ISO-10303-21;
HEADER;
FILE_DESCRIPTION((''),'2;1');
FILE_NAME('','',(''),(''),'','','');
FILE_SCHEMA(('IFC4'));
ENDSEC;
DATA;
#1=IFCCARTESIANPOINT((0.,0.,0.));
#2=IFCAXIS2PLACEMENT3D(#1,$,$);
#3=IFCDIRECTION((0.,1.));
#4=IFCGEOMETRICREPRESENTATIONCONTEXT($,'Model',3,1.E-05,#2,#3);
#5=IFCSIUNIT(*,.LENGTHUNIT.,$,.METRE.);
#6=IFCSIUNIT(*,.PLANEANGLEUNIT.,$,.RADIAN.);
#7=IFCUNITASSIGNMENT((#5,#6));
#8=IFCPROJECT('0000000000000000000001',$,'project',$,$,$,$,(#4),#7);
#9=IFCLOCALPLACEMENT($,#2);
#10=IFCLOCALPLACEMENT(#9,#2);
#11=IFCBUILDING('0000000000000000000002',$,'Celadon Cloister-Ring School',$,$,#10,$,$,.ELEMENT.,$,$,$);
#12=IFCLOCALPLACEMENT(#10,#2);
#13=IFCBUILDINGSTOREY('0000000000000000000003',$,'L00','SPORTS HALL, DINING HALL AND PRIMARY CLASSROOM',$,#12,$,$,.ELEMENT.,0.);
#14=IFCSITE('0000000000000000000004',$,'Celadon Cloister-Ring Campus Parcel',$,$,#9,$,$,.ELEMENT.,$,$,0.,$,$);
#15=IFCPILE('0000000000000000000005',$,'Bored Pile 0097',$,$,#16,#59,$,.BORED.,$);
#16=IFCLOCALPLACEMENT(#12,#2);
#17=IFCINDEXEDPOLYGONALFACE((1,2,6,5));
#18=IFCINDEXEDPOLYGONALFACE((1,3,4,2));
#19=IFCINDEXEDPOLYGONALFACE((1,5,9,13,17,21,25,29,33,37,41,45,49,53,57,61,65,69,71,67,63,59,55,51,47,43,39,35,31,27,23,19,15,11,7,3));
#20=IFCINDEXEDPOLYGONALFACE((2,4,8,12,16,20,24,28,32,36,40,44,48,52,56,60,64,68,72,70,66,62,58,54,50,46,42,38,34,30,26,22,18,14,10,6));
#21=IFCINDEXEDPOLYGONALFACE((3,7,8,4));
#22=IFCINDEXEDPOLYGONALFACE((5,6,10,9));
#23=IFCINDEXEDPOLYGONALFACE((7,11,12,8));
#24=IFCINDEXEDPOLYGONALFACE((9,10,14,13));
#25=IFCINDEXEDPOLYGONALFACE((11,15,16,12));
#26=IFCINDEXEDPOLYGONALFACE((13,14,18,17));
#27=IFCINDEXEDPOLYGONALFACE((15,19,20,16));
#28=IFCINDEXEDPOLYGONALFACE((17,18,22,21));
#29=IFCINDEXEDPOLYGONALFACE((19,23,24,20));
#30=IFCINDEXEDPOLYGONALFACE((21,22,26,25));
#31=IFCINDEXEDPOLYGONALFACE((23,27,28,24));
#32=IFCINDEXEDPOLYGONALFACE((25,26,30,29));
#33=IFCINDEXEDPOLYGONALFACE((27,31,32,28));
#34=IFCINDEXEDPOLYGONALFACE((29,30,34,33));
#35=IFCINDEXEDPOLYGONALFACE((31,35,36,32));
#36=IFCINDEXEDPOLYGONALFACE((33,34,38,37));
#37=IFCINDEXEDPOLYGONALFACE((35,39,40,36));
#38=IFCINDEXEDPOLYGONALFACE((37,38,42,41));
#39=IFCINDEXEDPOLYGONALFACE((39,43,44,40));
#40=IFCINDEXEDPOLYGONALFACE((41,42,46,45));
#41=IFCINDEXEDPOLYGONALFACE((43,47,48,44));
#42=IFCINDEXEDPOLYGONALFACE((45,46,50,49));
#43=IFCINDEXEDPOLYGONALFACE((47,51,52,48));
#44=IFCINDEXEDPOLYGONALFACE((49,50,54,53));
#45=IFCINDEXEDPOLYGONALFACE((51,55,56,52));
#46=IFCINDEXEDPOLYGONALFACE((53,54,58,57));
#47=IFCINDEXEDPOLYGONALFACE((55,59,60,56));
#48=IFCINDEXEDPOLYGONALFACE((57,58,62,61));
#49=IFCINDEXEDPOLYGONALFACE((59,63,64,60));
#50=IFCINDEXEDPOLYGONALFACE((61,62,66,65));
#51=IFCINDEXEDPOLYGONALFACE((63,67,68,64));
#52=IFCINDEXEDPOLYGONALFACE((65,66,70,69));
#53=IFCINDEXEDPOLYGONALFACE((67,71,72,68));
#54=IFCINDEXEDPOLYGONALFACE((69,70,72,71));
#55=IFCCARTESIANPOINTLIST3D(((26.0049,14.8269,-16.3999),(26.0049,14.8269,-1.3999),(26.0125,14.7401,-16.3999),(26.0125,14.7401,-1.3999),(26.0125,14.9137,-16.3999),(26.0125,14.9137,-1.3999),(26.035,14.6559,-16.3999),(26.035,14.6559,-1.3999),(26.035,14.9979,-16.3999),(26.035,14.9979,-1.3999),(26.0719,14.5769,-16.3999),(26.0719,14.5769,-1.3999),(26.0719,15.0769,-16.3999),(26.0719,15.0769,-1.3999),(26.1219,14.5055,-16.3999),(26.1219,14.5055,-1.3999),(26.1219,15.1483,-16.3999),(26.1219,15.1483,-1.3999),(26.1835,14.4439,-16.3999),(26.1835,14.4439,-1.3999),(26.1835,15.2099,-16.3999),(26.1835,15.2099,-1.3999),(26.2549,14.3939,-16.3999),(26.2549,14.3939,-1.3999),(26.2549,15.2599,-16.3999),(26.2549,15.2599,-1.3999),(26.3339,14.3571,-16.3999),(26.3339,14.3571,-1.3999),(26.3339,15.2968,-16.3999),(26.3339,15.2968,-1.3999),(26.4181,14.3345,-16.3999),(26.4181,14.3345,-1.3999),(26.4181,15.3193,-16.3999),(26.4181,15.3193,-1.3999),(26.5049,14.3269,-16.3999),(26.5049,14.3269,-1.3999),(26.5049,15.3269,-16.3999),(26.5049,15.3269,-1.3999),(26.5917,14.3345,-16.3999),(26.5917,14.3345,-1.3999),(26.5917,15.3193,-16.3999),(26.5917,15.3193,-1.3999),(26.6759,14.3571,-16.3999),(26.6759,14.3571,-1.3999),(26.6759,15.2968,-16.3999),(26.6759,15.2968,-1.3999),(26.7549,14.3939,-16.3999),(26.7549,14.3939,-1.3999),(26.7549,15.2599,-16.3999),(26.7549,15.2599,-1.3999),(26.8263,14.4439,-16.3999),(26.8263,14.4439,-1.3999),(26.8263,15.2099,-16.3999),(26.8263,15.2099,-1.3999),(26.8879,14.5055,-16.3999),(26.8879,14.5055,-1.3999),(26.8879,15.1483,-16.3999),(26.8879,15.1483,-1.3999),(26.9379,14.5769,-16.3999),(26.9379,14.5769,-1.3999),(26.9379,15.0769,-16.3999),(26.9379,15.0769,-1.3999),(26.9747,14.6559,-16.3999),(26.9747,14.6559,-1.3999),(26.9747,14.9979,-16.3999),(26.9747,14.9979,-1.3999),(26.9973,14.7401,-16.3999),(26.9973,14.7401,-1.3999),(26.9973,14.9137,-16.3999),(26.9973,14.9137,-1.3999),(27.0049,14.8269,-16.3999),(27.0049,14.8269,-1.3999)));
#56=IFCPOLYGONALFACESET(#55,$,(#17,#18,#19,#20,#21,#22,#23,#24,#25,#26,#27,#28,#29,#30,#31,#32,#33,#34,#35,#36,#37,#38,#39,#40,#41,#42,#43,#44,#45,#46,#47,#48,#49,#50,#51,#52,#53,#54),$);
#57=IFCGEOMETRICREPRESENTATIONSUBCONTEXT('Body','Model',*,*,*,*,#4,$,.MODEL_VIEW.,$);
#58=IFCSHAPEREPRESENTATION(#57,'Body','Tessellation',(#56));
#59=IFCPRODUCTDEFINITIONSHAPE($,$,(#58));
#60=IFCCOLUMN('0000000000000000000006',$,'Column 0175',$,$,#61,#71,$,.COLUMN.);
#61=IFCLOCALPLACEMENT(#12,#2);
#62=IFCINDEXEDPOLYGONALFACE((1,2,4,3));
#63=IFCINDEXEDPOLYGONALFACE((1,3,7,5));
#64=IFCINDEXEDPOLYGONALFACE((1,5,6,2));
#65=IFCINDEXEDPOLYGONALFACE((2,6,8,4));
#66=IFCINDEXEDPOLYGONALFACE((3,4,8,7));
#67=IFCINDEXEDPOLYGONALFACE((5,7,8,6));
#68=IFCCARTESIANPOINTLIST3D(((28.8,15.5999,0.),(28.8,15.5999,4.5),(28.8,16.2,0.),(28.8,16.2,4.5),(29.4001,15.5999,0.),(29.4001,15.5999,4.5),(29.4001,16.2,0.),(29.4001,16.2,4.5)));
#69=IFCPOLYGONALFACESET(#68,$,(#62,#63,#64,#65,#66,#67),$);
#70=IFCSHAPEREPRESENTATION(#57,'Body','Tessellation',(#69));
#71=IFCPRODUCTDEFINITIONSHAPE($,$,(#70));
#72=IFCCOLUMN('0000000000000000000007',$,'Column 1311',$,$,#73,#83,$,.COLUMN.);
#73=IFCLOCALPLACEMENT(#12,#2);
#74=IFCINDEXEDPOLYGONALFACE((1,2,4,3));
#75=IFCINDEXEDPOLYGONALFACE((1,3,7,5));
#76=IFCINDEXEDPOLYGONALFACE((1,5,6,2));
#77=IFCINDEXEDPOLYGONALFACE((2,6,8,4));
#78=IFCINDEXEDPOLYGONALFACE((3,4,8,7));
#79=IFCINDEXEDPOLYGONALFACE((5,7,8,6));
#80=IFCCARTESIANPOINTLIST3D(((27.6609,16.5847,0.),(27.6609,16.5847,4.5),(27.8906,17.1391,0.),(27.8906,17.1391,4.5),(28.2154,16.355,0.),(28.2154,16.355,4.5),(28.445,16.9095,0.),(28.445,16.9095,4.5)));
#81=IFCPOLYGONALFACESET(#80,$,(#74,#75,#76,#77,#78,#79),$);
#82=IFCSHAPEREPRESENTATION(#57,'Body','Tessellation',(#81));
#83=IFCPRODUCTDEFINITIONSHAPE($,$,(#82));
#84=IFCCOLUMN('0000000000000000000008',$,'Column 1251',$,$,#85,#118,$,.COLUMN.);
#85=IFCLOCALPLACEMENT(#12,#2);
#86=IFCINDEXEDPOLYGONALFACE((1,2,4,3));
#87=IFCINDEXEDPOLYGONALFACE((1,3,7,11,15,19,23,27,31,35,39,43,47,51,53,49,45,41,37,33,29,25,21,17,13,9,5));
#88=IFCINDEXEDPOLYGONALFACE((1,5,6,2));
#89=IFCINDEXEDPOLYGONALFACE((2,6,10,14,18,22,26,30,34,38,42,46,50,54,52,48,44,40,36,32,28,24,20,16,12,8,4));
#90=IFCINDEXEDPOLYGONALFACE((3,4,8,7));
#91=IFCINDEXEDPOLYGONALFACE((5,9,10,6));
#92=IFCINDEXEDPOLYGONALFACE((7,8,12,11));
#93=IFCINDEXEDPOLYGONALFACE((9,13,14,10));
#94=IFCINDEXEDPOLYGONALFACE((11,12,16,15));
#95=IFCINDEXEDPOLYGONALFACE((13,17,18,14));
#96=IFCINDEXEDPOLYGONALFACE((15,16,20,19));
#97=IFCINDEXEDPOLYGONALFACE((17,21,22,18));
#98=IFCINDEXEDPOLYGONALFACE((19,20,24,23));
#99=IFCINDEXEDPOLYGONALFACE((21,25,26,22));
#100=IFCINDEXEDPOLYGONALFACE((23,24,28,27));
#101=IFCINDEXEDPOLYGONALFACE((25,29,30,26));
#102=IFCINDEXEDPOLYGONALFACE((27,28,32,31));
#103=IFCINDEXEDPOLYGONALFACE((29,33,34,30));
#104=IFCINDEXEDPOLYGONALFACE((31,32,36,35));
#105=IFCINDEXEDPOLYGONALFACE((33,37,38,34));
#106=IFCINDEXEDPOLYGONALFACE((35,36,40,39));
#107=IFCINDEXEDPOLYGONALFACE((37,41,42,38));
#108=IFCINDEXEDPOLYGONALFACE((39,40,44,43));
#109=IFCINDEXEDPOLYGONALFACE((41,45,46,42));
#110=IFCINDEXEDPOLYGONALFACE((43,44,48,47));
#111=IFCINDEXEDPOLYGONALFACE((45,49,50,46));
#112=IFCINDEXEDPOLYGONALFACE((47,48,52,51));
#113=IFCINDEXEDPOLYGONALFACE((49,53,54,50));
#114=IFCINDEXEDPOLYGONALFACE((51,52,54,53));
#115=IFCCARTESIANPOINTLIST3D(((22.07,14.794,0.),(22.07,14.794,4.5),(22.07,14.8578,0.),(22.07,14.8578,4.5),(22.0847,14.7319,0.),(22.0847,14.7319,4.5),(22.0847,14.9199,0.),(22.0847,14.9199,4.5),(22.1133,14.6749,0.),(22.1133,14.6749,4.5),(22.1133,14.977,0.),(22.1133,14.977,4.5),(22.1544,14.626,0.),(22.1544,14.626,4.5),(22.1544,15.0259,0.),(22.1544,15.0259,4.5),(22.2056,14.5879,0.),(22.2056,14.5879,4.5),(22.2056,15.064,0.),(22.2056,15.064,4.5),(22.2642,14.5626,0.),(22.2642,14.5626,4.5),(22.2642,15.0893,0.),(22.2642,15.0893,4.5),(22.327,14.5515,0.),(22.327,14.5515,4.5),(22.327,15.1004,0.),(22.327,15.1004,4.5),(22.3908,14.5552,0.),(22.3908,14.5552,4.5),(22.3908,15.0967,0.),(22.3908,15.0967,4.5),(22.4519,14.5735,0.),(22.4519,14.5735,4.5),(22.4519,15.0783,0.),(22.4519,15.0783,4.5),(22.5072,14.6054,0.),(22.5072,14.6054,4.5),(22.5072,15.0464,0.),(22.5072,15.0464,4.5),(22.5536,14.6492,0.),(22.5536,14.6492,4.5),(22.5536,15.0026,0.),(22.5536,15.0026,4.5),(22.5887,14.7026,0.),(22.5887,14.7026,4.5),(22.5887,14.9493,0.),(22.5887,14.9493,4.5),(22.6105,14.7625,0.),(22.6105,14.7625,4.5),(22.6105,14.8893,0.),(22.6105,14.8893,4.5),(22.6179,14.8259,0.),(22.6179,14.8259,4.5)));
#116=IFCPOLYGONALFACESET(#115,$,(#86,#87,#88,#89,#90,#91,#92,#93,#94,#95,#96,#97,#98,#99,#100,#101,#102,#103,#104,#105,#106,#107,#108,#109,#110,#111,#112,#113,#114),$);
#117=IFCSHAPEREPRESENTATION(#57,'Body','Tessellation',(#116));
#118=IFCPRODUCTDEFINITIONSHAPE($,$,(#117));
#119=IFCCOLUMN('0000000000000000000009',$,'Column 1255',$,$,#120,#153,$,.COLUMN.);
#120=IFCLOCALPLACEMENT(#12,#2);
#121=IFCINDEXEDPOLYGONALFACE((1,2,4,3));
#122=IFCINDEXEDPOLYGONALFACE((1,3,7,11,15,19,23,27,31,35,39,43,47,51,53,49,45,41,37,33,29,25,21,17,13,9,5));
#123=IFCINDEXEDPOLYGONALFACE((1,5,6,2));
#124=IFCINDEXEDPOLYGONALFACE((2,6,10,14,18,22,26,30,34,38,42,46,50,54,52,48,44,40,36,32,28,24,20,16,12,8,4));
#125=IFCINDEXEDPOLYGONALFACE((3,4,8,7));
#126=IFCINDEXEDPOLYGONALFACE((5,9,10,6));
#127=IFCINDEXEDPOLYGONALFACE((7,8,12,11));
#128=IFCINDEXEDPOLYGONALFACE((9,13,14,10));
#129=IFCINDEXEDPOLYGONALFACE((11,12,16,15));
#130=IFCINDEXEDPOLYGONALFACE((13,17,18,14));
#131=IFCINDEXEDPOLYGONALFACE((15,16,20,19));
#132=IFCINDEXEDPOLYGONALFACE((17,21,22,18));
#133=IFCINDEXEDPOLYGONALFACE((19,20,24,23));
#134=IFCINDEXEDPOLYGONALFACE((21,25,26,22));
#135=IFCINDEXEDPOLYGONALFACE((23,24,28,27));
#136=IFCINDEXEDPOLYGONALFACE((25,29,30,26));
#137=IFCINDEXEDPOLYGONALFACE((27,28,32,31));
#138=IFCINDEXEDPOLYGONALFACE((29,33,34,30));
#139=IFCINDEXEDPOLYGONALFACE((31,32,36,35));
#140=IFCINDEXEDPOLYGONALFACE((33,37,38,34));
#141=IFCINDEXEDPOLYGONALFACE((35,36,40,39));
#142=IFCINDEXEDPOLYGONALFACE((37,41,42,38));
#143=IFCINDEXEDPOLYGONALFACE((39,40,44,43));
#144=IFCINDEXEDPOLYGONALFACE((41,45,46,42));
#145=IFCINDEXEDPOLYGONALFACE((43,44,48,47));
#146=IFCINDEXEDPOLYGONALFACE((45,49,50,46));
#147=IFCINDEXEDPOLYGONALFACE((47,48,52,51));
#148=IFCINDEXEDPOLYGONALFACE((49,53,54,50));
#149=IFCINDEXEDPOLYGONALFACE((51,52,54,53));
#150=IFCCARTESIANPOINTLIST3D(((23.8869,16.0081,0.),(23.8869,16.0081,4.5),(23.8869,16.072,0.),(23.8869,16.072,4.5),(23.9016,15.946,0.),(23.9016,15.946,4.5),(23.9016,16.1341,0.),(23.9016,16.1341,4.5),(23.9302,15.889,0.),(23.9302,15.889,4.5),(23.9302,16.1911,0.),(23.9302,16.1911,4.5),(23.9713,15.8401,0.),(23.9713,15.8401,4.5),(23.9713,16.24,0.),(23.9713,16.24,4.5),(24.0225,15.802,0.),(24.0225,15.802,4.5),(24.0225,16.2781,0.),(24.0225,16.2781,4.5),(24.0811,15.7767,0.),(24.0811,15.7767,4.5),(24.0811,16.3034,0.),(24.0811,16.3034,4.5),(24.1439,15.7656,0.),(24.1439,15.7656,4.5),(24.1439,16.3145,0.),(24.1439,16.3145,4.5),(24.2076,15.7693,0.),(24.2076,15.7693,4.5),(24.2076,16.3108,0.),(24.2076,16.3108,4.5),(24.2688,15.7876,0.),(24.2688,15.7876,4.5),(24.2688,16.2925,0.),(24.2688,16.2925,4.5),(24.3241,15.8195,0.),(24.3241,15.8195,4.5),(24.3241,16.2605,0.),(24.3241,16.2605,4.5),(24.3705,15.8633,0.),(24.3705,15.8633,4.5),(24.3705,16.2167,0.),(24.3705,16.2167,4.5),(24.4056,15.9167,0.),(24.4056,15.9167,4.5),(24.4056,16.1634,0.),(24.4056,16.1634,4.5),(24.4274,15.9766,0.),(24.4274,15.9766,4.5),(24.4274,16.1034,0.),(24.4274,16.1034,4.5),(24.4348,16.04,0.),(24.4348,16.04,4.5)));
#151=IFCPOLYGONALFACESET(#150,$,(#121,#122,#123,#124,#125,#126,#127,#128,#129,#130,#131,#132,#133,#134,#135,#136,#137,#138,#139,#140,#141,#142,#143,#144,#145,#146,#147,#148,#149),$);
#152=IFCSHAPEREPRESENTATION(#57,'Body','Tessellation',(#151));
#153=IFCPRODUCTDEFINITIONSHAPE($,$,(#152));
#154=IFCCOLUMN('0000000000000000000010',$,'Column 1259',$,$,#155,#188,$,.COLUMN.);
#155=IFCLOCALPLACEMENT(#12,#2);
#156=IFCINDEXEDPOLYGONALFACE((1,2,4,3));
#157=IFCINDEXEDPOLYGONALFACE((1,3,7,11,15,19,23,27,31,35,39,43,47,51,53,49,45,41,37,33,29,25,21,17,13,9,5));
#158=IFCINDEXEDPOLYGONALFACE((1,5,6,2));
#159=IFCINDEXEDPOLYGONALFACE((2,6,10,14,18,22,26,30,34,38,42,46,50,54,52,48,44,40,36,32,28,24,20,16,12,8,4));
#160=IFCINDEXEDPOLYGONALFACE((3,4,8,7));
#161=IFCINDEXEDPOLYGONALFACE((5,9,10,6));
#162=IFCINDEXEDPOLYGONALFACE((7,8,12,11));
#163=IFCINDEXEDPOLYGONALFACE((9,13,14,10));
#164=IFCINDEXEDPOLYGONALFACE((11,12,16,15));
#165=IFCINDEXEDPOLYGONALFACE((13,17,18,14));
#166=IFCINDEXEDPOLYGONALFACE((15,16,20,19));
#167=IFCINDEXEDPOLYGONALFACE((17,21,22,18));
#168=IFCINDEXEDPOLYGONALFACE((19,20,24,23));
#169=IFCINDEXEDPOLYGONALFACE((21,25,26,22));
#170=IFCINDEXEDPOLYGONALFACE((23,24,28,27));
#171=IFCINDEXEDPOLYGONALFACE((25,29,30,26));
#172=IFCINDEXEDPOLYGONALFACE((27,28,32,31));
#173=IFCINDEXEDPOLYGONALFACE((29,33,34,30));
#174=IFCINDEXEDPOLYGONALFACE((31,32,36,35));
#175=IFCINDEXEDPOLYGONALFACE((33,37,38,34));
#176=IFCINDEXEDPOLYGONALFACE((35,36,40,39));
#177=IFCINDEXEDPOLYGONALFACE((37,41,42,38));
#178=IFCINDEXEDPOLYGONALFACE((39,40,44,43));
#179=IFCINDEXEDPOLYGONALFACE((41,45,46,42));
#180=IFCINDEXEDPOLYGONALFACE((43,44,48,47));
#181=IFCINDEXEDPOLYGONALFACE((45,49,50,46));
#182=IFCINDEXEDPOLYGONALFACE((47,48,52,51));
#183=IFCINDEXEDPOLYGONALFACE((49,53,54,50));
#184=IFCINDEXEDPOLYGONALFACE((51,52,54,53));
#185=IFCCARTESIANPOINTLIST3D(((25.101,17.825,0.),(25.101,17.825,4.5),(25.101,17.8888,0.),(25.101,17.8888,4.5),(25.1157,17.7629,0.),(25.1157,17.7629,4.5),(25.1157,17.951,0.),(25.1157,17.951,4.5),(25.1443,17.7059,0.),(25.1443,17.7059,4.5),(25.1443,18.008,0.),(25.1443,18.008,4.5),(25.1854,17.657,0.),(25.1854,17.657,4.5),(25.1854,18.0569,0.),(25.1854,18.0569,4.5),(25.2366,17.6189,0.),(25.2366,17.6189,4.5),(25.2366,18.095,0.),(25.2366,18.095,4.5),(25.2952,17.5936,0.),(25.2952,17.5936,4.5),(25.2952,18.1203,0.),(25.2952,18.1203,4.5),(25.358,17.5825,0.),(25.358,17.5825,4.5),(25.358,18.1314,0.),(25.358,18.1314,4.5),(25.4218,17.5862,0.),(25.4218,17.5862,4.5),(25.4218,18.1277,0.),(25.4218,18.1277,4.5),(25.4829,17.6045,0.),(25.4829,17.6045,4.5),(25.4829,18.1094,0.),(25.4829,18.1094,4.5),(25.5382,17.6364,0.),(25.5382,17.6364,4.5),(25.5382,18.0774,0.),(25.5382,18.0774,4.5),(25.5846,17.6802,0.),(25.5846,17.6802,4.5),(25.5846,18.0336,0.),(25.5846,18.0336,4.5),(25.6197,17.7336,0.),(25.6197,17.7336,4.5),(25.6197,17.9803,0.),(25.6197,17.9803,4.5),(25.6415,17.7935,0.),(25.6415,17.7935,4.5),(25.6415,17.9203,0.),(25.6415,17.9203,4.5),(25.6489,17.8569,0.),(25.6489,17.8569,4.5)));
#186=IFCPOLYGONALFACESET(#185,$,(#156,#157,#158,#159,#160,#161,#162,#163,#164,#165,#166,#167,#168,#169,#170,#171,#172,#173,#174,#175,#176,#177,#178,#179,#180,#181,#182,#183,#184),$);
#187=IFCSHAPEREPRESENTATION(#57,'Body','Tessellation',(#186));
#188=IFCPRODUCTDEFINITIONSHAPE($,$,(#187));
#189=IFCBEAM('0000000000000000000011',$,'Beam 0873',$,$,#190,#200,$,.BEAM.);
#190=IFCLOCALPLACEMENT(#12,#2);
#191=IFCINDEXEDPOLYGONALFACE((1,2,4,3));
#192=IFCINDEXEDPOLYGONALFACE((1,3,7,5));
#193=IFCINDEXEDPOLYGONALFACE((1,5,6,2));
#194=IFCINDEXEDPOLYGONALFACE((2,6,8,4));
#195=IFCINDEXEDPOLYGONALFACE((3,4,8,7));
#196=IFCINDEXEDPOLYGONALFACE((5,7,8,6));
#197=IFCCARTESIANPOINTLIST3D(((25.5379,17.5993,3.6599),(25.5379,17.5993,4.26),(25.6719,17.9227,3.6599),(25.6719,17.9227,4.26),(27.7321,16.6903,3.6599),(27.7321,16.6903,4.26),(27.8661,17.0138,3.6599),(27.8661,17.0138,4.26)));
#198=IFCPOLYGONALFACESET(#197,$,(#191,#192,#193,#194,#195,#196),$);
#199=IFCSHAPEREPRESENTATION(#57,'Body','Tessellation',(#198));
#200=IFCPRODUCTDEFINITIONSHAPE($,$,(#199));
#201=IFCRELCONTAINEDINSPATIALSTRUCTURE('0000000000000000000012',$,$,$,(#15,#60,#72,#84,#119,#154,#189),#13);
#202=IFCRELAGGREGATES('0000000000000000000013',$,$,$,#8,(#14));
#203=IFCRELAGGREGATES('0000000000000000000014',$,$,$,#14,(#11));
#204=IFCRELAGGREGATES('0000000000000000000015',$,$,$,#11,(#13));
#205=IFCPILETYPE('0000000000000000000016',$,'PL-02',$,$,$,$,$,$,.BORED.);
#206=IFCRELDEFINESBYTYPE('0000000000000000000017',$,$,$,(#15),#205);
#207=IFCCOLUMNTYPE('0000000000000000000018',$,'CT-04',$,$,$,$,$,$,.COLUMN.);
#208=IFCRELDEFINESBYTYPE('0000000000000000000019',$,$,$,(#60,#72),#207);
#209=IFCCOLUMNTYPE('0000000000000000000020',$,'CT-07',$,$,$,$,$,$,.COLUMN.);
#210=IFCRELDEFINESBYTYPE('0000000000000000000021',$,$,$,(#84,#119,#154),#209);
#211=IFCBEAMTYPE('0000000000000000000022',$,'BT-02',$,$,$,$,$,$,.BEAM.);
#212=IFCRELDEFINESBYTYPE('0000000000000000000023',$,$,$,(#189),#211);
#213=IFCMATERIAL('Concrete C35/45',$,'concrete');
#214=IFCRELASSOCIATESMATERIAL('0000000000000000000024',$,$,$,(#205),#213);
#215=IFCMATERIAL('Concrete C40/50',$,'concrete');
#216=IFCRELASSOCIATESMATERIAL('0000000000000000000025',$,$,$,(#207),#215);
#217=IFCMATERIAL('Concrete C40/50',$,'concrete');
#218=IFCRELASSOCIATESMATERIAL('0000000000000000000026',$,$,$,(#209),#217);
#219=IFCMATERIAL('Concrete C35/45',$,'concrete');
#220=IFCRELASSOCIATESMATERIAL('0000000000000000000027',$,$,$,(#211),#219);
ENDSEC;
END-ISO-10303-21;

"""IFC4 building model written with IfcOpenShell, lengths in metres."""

from ifc_helpers import new_model, si_unit, direction, frame, origin, origin_2d, place, context, subcontext, project, spatial, rectangle, circle, extrude, material, material_profile, profile_set, type_object, element, save


model = new_model("IFC4")

# Units and contexts
model_context = context("Model", 3, precision=1e-05, world=origin(), true_north=direction((0.0, 1.0)))
body_context = subcontext(model_context, "Body", "Model", "MODEL_VIEW")
ifc_project = project(units=[si_unit("LENGTHUNIT", "METRE"), si_unit("PLANEANGLEUNIT", "RADIAN")], contexts=[model_context])

# Site, building, storey
site_placement = place(None, origin())
site = spatial("IfcSite", under=ifc_project, at=site_placement, Name="Celadon Cloister-Ring Campus Parcel", CompositionType="ELEMENT", RefElevation=0.0)
building_placement = place(site_placement, origin())
building = spatial("IfcBuilding", under=site, at=building_placement, Name="Celadon Cloister-Ring School", CompositionType="ELEMENT")
storey_placement = place(building_placement, origin())
storey = spatial("IfcBuildingStorey", under=building, at=storey_placement, Name="L00", Description="SPORTS HALL, DINING HALL AND PRIMARY CLASSROOM", CompositionType="ELEMENT", Elevation=0.0)

# Pile
ifc_material_1 = material(Name="Concrete C35/45", Category="concrete")
ifc_material_profile_1 = material_profile(ifc_material_1, circle(Radius=0.5, at=origin_2d()), Name="PILE1000")
ifc_profile_set_1 = profile_set([ifc_material_profile_1], Name="Concrete C35/45")
pile_type = type_object("IfcPileType", Name="PL-02", PredefinedType="BORED", material=ifc_profile_set_1)
pile_placement = place(storey_placement, frame((26.5049, 14.8269, -1.3999), z_axis=(0.0, 0.0, -1.0), x_axis=(1.0, 0.0, 0.0)))
element("IfcPile", 1, at=pile_placement, inside=storey, type_object=pile_type, Name="Bored Pile 0097", PredefinedType="BORED", context=body_context, shape_type="SweptSolid", body=[
    extrude(circle(Radius=0.5, at=origin_2d()), origin(), (0.0, 0.0, 1.0), 15.0),
])

# Columns
ifc_material_2 = material(Name="Concrete C40/50", Category="concrete")
ifc_material_profile_2 = material_profile(ifc_material_2, rectangle(XDim=0.6001, YDim=0.6001, at=origin_2d()), Name="RC600X600")
ifc_profile_set_2 = profile_set([ifc_material_profile_2], Name="Concrete C40/50")
column_type_1 = type_object("IfcColumnType", Name="CT-04", PredefinedType="COLUMN", material=ifc_profile_set_2)
for number, where, z_axis, x_axis, name in (
    (2, (29.1001, 15.8999, 0.0), (0.0, 0.0, 1.0), (1.0, 0.0, 0.0), "Column 0175"),
    (3, (28.053, 16.7471, 0.0), (0.0, 0.0, 1.0), (0.92388, -0.382683, 0.0), "Column 1311"),
):
    element("IfcColumn", number, at=place(storey_placement, frame(where, z_axis=z_axis, x_axis=x_axis)), inside=storey, type_object=column_type_1, Name=name, PredefinedType="COLUMN", context=body_context, shape_type="SweptSolid", body=[
        extrude(rectangle(XDim=0.6001, YDim=0.6001, at=origin_2d()), origin(), (0.0, 0.0, 1.0), 4.5),
    ])
ifc_material_3 = material(Name="Concrete C40/50", Category="concrete")
ifc_material_profile_3 = material_profile(ifc_material_3, circle(Radius=0.2749, at=origin_2d()), Name="CIRC550")
ifc_profile_set_3 = profile_set([ifc_material_profile_3], Name="Concrete C40/50")
column_type_2 = type_object("IfcColumnType", Name="CT-07", PredefinedType="COLUMN", material=ifc_profile_set_3)
for number, where, z_axis, x_axis, name in (
    (4, (22.343, 14.8259, 0.0), (0.0, 0.0, 1.0), (1.0, 0.0, 0.0), "Column 1251"),
    (5, (24.1599, 16.04, 0.0), (0.0, 0.0, 1.0), (1.0, 0.0, 0.0), "Column 1255"),
    (6, (25.374, 17.8569, 0.0), (0.0, 0.0, 1.0), (1.0, 0.0, 0.0), "Column 1259"),
):
    element("IfcColumn", number, at=place(storey_placement, frame(where, z_axis=z_axis, x_axis=x_axis)), inside=storey, type_object=column_type_2, Name=name, PredefinedType="COLUMN", context=body_context, shape_type="SweptSolid", body=[
        extrude(circle(Radius=0.2749, at=origin_2d()), origin(), (0.0, 0.0, 1.0), 4.5),
    ])

# Beam
ifc_material_4 = material(Name="Concrete C35/45", Category="concrete")
ifc_material_profile_4 = material_profile(ifc_material_4, rectangle(XDim=0.3501, YDim=0.6001, at=origin_2d()), Name="RC350X600")
ifc_profile_set_4 = profile_set([ifc_material_profile_4], Name="Concrete C35/45")
beam_type_1 = type_object("IfcBeamType", Name="BT-02", PredefinedType="BEAM", material=ifc_profile_set_4)
beam_1_placement = place(storey_placement, frame((27.7991, 16.8521, 3.96), z_axis=(-0.923863, 0.382724, 0.0), x_axis=(-0.382724, -0.923863, 0.0)))
element("IfcBeam", 7, at=beam_1_placement, inside=storey, type_object=beam_type_1, Name="Beam 0873", PredefinedType="BEAM", context=body_context, shape_type="SweptSolid", body=[
    extrude(rectangle(XDim=0.3501, YDim=0.6001, at=origin_2d()), origin(), (0.0, 0.0, 1.0), 2.375),
])

save(model, "model.ifc")
